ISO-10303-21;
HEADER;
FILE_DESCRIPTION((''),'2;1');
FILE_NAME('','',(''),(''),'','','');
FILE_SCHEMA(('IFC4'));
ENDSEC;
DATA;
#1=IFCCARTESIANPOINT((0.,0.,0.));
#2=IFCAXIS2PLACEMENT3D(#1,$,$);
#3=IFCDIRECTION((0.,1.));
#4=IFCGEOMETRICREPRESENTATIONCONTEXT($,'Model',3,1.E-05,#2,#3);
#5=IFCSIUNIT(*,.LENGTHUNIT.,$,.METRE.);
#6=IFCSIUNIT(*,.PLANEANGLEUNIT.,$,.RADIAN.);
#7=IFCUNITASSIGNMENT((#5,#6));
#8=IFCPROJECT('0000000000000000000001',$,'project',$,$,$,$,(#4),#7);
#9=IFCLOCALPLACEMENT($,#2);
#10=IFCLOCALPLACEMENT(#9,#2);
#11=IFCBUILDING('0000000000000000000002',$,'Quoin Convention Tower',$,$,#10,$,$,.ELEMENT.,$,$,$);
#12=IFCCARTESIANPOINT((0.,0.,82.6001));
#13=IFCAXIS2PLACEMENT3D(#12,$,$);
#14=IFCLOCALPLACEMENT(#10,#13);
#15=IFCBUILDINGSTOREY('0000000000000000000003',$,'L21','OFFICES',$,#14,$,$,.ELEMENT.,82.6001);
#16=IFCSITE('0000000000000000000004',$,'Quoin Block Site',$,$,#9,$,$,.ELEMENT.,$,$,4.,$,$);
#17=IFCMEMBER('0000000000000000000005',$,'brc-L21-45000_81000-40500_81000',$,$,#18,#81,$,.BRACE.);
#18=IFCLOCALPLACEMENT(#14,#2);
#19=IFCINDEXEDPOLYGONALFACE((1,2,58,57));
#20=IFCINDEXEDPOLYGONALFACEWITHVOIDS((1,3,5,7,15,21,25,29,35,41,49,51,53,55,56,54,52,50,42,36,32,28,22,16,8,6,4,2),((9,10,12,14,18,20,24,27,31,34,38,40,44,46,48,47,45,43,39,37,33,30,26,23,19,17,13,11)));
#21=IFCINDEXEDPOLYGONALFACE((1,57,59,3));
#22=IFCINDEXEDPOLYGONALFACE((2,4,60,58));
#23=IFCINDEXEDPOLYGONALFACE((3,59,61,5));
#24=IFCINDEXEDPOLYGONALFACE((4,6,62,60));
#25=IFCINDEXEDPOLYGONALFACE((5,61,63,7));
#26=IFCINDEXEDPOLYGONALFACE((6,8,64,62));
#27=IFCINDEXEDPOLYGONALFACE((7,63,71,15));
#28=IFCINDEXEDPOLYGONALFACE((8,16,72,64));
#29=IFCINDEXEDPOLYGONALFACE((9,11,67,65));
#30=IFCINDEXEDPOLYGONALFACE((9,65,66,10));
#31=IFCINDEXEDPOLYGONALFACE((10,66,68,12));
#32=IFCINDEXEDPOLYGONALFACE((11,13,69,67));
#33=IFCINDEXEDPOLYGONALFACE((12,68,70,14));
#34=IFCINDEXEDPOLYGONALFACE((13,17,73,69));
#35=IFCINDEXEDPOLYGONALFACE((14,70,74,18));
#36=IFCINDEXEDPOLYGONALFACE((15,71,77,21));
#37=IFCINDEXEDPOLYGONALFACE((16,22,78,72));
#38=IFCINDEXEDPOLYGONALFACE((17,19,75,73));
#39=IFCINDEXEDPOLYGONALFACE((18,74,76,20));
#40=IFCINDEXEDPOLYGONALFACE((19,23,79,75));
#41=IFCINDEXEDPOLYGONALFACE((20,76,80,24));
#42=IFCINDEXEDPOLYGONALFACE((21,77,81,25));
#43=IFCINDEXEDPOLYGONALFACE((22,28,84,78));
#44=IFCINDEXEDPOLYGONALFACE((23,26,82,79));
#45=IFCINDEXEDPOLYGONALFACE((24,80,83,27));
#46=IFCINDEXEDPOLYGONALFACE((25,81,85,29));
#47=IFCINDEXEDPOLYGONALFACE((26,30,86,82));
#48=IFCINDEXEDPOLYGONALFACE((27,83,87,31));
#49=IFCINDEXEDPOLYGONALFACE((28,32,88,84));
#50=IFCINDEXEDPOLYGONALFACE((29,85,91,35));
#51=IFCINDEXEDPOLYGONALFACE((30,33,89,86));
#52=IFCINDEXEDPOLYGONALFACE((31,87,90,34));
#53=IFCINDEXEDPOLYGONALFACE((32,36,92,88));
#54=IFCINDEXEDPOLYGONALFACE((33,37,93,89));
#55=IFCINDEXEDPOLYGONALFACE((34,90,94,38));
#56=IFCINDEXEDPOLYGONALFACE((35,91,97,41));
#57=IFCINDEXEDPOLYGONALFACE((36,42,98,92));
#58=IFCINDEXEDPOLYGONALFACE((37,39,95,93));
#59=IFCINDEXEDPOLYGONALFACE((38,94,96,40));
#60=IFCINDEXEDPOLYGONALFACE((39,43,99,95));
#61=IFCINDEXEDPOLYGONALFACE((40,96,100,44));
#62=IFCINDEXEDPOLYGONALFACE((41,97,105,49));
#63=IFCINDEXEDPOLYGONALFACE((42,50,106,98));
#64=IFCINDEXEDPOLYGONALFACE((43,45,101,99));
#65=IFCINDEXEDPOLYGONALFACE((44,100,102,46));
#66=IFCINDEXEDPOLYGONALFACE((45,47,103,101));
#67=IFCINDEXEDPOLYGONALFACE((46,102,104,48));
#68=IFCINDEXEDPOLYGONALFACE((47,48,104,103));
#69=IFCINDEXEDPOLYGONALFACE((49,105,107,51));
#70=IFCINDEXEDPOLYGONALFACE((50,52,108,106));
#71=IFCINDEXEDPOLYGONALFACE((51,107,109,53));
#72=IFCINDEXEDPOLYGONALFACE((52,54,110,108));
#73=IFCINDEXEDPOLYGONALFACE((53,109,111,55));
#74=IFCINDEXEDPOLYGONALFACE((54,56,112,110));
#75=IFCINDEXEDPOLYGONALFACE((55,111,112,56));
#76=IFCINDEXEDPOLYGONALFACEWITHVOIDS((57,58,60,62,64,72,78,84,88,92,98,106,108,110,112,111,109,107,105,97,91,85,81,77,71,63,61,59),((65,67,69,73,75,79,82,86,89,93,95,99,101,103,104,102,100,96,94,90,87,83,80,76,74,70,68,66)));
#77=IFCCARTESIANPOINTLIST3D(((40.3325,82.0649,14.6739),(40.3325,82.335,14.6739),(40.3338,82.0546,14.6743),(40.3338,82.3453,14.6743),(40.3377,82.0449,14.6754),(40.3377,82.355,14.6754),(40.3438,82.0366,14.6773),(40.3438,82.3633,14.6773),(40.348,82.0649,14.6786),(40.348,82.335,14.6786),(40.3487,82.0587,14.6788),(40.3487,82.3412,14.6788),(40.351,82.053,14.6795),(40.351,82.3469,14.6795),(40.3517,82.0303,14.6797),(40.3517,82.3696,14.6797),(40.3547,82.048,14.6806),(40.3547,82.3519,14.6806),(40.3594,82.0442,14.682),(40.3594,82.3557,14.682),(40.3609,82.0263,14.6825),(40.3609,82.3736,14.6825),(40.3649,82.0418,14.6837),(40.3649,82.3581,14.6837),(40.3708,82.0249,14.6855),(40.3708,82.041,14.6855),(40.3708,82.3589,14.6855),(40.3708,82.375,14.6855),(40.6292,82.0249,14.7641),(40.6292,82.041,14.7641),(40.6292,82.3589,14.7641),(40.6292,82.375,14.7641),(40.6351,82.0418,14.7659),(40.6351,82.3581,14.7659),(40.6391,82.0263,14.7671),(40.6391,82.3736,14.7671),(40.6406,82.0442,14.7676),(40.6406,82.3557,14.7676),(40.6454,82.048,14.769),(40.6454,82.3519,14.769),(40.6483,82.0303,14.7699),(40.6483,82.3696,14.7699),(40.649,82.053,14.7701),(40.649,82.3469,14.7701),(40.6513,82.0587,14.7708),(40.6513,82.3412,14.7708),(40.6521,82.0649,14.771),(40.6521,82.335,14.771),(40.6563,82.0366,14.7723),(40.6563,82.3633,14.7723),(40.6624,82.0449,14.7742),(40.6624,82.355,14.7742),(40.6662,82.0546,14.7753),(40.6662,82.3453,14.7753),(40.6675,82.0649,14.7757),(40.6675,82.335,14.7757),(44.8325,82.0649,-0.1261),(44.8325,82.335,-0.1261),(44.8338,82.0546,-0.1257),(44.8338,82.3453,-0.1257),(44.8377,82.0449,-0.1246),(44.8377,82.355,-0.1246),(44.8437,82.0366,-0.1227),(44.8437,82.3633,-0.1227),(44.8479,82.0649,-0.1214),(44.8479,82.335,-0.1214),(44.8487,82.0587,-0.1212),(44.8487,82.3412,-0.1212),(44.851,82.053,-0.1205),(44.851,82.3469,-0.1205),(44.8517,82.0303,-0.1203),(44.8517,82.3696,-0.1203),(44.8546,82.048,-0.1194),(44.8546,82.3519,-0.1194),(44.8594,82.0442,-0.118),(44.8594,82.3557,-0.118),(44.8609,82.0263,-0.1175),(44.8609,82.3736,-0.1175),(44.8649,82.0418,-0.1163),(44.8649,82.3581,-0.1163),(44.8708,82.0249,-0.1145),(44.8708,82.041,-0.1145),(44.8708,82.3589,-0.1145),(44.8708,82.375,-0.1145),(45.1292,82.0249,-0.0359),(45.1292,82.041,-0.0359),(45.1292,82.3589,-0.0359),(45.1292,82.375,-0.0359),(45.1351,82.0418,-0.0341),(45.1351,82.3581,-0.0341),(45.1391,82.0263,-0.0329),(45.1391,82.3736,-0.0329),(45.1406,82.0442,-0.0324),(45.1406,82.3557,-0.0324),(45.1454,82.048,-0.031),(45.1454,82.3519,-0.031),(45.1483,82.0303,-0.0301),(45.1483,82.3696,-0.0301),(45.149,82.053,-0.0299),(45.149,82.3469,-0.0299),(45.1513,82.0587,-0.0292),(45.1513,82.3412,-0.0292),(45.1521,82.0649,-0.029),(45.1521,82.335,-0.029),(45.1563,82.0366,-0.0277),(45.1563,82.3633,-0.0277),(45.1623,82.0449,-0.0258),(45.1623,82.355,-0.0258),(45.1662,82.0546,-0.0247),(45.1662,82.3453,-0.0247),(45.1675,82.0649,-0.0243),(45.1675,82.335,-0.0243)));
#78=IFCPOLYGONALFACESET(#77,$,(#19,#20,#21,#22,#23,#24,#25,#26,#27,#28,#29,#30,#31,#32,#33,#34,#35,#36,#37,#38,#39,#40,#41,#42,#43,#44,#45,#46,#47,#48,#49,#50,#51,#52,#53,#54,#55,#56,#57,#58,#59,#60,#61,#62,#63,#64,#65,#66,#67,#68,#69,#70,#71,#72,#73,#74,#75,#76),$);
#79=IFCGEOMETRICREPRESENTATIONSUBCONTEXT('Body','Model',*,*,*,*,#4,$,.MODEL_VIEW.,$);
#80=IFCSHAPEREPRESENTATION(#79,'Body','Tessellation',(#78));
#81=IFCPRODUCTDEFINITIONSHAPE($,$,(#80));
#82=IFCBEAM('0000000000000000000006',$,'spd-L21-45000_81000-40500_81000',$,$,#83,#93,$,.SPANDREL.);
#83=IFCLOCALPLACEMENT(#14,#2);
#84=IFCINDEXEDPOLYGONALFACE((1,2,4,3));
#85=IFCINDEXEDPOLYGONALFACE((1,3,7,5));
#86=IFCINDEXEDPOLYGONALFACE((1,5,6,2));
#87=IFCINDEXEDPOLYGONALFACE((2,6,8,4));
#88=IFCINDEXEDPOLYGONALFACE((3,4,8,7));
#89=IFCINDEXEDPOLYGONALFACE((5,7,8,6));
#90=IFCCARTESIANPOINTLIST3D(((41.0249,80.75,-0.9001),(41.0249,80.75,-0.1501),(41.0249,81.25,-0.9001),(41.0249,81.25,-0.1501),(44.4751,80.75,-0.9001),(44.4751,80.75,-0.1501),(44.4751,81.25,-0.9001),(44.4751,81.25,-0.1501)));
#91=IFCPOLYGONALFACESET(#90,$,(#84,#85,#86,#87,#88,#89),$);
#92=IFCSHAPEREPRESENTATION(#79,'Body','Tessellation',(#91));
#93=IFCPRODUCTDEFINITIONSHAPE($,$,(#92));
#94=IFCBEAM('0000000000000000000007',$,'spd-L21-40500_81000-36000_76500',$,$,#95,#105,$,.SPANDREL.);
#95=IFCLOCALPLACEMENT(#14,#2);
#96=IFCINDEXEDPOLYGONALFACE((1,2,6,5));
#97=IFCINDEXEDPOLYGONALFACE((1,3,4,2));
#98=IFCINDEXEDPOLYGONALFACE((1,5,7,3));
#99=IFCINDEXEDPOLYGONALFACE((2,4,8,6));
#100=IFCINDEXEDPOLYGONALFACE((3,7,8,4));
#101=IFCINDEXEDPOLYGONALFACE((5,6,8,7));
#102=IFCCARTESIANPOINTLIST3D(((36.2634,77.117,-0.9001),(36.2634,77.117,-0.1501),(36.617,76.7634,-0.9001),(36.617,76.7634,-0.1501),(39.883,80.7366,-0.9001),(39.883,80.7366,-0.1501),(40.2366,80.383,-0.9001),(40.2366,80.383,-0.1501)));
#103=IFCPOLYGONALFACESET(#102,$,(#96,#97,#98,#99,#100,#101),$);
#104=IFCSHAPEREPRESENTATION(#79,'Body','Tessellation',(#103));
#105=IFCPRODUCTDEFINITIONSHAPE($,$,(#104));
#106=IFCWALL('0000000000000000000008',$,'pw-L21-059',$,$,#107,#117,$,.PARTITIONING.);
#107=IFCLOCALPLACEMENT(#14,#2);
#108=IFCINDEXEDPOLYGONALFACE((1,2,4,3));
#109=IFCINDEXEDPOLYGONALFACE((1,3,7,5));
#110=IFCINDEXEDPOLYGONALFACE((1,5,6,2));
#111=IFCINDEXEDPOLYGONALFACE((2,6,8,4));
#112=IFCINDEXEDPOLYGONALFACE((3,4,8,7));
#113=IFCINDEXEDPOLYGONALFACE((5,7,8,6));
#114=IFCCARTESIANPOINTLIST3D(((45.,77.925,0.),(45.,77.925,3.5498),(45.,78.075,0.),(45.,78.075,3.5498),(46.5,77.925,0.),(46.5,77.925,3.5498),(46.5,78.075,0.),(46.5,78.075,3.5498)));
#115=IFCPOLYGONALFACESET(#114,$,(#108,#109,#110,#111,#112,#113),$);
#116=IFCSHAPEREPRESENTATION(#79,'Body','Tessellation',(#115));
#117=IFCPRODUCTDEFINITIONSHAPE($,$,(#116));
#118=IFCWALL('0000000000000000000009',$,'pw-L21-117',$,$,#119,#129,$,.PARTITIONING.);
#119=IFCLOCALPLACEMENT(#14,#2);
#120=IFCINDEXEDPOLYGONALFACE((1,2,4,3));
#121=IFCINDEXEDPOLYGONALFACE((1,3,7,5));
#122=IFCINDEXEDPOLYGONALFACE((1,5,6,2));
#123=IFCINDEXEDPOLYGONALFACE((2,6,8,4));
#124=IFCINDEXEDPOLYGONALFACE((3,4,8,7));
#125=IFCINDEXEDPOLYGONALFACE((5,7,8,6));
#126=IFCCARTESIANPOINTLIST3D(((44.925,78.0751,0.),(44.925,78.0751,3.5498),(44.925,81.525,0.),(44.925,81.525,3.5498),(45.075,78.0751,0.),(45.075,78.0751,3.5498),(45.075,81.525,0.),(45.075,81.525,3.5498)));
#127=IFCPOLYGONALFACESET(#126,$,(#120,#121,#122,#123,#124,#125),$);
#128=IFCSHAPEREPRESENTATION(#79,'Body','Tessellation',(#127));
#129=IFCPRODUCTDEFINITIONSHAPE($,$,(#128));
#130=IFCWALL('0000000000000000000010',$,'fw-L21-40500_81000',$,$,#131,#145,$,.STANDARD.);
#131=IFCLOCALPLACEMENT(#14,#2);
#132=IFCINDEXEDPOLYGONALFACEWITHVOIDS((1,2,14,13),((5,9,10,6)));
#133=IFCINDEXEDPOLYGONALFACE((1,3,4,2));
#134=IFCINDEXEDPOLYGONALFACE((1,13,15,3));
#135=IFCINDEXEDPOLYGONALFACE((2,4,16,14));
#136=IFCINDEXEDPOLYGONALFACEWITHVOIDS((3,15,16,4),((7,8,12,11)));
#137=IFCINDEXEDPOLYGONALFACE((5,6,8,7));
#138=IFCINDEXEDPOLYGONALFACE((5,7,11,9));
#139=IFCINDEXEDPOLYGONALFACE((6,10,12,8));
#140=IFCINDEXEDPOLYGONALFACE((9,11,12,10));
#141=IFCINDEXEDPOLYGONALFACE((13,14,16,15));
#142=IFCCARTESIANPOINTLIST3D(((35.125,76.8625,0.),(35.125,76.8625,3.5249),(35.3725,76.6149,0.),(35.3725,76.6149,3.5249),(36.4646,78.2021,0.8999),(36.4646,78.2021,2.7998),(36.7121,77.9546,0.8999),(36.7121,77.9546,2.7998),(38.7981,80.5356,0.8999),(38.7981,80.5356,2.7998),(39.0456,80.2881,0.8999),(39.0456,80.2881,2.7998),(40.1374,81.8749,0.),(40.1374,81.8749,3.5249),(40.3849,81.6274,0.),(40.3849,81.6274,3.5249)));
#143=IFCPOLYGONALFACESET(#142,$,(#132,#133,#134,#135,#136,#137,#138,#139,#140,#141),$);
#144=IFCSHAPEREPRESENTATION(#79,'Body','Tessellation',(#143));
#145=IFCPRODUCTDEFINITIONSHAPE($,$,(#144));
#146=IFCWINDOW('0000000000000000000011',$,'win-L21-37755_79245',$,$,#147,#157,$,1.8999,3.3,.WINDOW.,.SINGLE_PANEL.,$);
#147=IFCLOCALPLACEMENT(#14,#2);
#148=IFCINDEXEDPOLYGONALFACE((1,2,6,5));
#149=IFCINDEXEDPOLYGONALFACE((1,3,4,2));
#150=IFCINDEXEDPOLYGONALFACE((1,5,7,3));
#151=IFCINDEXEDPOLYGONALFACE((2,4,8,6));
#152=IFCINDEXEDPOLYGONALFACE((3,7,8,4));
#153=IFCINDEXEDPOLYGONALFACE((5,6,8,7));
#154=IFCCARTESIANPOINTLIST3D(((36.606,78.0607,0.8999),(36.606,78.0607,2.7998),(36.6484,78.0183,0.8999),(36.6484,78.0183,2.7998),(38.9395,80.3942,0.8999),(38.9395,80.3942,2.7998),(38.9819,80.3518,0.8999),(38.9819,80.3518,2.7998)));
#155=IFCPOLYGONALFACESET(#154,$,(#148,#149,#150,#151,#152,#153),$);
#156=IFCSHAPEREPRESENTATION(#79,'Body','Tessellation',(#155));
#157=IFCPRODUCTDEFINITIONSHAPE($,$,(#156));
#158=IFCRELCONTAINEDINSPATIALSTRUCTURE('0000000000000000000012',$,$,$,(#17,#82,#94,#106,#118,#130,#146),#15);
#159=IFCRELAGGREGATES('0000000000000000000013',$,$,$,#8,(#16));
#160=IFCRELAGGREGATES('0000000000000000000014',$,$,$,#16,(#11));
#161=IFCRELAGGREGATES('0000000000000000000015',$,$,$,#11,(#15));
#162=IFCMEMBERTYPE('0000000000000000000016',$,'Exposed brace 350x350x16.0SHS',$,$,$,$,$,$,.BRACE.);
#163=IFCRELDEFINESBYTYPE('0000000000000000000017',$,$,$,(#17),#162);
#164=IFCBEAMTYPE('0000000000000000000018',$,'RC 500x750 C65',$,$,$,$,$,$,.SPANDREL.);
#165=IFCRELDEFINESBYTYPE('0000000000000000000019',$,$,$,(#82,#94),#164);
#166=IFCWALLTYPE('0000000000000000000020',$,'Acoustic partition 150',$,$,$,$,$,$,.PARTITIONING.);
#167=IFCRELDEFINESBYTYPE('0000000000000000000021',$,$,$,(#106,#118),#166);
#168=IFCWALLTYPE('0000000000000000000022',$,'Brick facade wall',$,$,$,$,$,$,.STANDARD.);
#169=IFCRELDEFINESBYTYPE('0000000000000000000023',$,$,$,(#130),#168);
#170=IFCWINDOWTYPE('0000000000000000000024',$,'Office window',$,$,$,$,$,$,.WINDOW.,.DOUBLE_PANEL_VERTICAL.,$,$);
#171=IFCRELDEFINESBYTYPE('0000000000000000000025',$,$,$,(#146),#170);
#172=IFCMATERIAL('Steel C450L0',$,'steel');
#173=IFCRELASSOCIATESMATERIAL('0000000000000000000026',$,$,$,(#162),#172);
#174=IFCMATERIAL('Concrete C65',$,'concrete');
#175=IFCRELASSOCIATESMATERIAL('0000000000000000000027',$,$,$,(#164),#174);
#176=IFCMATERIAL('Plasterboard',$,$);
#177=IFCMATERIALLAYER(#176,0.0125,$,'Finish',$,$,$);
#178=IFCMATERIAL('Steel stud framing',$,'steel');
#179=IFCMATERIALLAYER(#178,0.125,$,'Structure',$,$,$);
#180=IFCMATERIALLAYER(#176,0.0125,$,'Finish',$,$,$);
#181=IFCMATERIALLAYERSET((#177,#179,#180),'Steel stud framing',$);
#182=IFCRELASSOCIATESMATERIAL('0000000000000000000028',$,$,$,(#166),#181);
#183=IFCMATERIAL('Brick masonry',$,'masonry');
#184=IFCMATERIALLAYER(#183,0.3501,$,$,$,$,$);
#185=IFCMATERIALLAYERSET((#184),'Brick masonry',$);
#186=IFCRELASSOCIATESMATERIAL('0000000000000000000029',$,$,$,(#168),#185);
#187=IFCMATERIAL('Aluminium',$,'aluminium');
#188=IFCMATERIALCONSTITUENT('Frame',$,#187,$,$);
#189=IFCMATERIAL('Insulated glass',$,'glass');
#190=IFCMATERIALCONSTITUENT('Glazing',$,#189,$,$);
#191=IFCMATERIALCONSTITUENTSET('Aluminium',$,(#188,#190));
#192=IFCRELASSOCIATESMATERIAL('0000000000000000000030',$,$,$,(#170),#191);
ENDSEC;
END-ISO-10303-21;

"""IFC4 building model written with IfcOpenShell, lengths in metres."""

from ifc_helpers import new_model, si_unit, direction, frame, frame_2d, origin, origin_2d, place, context, subcontext, project, spatial, rectangle, hollow_rectangle, extrude, material, layer, layer_set, constituent, constituent_set, material_profile, profile_set, type_object, element, fill, save


model = new_model("IFC4")

# Units and contexts
model_context = context("Model", 3, precision=1e-05, world=origin(), true_north=direction((0.0, 1.0)))
body_context = subcontext(model_context, "Body", "Model", "MODEL_VIEW")
ifc_project = project(units=[si_unit("LENGTHUNIT", "METRE"), si_unit("PLANEANGLEUNIT", "RADIAN")], contexts=[model_context])

# Site, building, storey
site_placement = place(None, origin())
site = spatial("IfcSite", under=ifc_project, at=site_placement, Name="Quoin Block Site", CompositionType="ELEMENT", RefElevation=4.0)
building_placement = place(site_placement, origin())
building = spatial("IfcBuilding", under=site, at=building_placement, Name="Quoin Convention Tower", CompositionType="ELEMENT")
storey_placement = place(building_placement, frame((0.0, 0.0, 82.6001)))
storey = spatial("IfcBuildingStorey", under=building, at=storey_placement, Name="L21", Description="OFFICES", CompositionType="ELEMENT", Elevation=82.6001)

# Shared definitions
ifc_material_1 = material(Name="Concrete C65", Category="concrete")

# Member
ifc_material_2 = material(Name="Steel C450L0", Category="steel")
ifc_material_profile_1 = material_profile(ifc_material_2, hollow_rectangle(XDim=0.3501, YDim=0.3501, WallThickness=0.0161, InnerFilletRadius=0.0239, OuterFilletRadius=0.04, at=origin_2d()), Name="350x350x16.0SHS")
ifc_profile_set_1 = profile_set([ifc_material_profile_1], Name="Steel C450L0")
member_type = type_object("IfcMemberType", Name="Exposed brace 350x350x16.0SHS", PredefinedType="BRACE", material=ifc_profile_set_1)
member_placement = place(storey_placement, frame((45.0, 82.2, -0.0752), z_axis=(-0.290903, 0.0, 0.956752), x_axis=(0.0, -1.0, 0.0)))
element("IfcMember", 1, at=member_placement, inside=storey, type_object=member_type, Name="brc-L21-45000_81000-40500_81000", PredefinedType="BRACE", context=body_context, shape_type="SweptSolid", body=[
    extrude(hollow_rectangle(XDim=0.3501, YDim=0.3501, WallThickness=0.0161, InnerFilletRadius=0.0239, OuterFilletRadius=0.04, at=origin_2d()), origin(), (0.0, 0.0, 1.0), 15.469),
])

# Beams
ifc_material_profile_2 = material_profile(ifc_material_1, rectangle(XDim=0.5, YDim=0.75, at=origin_2d()), Name="RC 500x750")
ifc_profile_set_2 = profile_set([ifc_material_profile_2], Name="Concrete C65")
beam_type_1 = type_object("IfcBeamType", Name="RC 500x750 C65", PredefinedType="SPANDREL", material=ifc_profile_set_2)
beam_1_placement = place(storey_placement, frame((44.4751, 81.0, -0.5251), z_axis=(-1.0, 0.0, 0.0), x_axis=(0.0, -1.0, 0.0)))
element("IfcBeam", 2, at=beam_1_placement, inside=storey, type_object=beam_type_1, Name="spd-L21-45000_81000-40500_81000", PredefinedType="SPANDREL", context=body_context, shape_type="SweptSolid", body=[
    extrude(rectangle(XDim=0.5, YDim=0.75, at=origin_2d()), origin(), (0.0, 0.0, 1.0), 3.4502),
])
beam_2_placement = place(storey_placement, frame((40.0598, 80.5598, -0.5251), z_axis=(-0.707107, -0.707107, 0.0), x_axis=(0.707107, -0.707107, 0.0)))
element("IfcBeam", 3, at=beam_2_placement, inside=storey, type_object=beam_type_1, Name="spd-L21-40500_81000-36000_76500", PredefinedType="SPANDREL", context=body_context, shape_type="SweptSolid", body=[
    extrude(rectangle(XDim=0.5, YDim=0.75, at=origin_2d()), origin(), (0.0, 0.0, 1.0), 5.1189),
])

# Walls
ifc_material_3 = material(Name="Plasterboard")
ifc_layer_1 = layer(ifc_material_3, 0.0125, Name="Finish")
ifc_material_4 = material(Name="Steel stud framing", Category="steel")
ifc_layer_2 = layer(ifc_material_4, 0.125, Name="Structure")
ifc_layer_3 = layer(ifc_material_3, 0.0125, Name="Finish")
ifc_layer_set_1 = layer_set([ifc_layer_1, ifc_layer_2, ifc_layer_3], Name="Steel stud framing")
wall_type_1 = type_object("IfcWallType", Name="Acoustic partition 150", PredefinedType="PARTITIONING", material=ifc_layer_set_1)
wall_1_placement = place(storey_placement, frame((45.0, 78.0, 0.0), z_axis=(0.0, 0.0, 1.0), x_axis=(1.0, 0.0, 0.0)))
element("IfcWall", 4, at=wall_1_placement, inside=storey, type_object=wall_type_1, Name="pw-L21-059", PredefinedType="PARTITIONING", context=body_context, shape_type="SweptSolid", body=[
    extrude(rectangle(XDim=1.5, YDim=0.1499, at=frame_2d((0.75, 0.0))), origin(), (0.0, 0.0, 1.0), 3.5498),
])
wall_2_placement = place(storey_placement, frame((45.0, 78.075, 0.0), z_axis=(0.0, 0.0, 1.0), x_axis=(0.0, 1.0, 0.0)))
element("IfcWall", 5, at=wall_2_placement, inside=storey, type_object=wall_type_1, Name="pw-L21-117", PredefinedType="PARTITIONING", context=body_context, shape_type="SweptSolid", body=[
    extrude(rectangle(XDim=3.45, YDim=0.1499, at=frame_2d((1.7251, 0.0))), origin(), (0.0, 0.0, 1.0), 3.5498),
])

# Wall, opening, window
ifc_material_5 = material(Name="Brick masonry", Category="masonry")
ifc_layer_4 = layer(ifc_material_5, 0.3501)
ifc_layer_set_2 = layer_set([ifc_layer_4], Name="Brick masonry")
wall_type_2 = type_object("IfcWallType", Name="Brick facade wall", PredefinedType="STANDARD", material=ifc_layer_set_2)
wall_3_placement = place(storey_placement, frame((40.2612, 81.7512, 0.0), z_axis=(0.0, 0.0, 1.0), x_axis=(-0.707107, -0.707107, 0.0)))
wall_3 = element("IfcWall", 6, at=wall_3_placement, inside=storey, type_object=wall_type_2, Name="fw-L21-40500_81000", PredefinedType="STANDARD", context=body_context, shape_type="SweptSolid", body=[
    extrude(rectangle(XDim=7.0886, YDim=0.3501, at=frame_2d((3.5444, 0.0))), origin(), (0.0, 0.0, 1.0), 3.5249),
])
opening_1_placement = place(wall_3_placement, frame((1.8943, 0.0, 0.8999)))
opening_1 = element("IfcOpeningElement", 7, at=opening_1_placement, cuts=wall_3, PredefinedType="OPENING", context=body_context, shape_type="SweptSolid", body=[
    extrude(rectangle(XDim=3.3, YDim=1.8999, at=frame_2d((1.6499, 0.95))), frame((0.0, 0.1851, 0.0), z_axis=(0.0, -1.0, 0.0), x_axis=(1.0, 0.0, 0.0)), (0.0, 0.0, 1.0), 0.3701),
])
ifc_material_6 = material(Name="Aluminium", Category="aluminium")
ifc_constituent_1 = constituent(ifc_material_6, Name="Frame")
ifc_material_7 = material(Name="Insulated glass", Category="glass")
ifc_constituent_2 = constituent(ifc_material_7, Name="Glazing")
ifc_constituent_set = constituent_set(constituents=[ifc_constituent_1, ifc_constituent_2], Name="Aluminium")
window_type = type_object("IfcWindowType", Name="Office window", PartitioningType="DOUBLE_PANEL_VERTICAL", PredefinedType="WINDOW", material=ifc_constituent_set)
window_placement = place(opening_1_placement, origin())
window = element("IfcWindow", 8, at=window_placement, inside=storey, type_object=window_type, Name="win-L21-37755_79245", OverallHeight=1.8999, OverallWidth=3.3, PartitioningType="SINGLE_PANEL", PredefinedType="WINDOW", context=body_context, shape_type="SweptSolid", body=[
    extrude(rectangle(XDim=3.3, YDim=1.8999, at=frame_2d((1.6499, 0.95))), frame((0.0, 0.085, 0.0), z_axis=(0.0, -1.0, 0.0), x_axis=(1.0, 0.0, 0.0)), (0.0, 0.0, 1.0), 0.0601),
])
fill(opening_1, window)

save(model, "model.ifc")
